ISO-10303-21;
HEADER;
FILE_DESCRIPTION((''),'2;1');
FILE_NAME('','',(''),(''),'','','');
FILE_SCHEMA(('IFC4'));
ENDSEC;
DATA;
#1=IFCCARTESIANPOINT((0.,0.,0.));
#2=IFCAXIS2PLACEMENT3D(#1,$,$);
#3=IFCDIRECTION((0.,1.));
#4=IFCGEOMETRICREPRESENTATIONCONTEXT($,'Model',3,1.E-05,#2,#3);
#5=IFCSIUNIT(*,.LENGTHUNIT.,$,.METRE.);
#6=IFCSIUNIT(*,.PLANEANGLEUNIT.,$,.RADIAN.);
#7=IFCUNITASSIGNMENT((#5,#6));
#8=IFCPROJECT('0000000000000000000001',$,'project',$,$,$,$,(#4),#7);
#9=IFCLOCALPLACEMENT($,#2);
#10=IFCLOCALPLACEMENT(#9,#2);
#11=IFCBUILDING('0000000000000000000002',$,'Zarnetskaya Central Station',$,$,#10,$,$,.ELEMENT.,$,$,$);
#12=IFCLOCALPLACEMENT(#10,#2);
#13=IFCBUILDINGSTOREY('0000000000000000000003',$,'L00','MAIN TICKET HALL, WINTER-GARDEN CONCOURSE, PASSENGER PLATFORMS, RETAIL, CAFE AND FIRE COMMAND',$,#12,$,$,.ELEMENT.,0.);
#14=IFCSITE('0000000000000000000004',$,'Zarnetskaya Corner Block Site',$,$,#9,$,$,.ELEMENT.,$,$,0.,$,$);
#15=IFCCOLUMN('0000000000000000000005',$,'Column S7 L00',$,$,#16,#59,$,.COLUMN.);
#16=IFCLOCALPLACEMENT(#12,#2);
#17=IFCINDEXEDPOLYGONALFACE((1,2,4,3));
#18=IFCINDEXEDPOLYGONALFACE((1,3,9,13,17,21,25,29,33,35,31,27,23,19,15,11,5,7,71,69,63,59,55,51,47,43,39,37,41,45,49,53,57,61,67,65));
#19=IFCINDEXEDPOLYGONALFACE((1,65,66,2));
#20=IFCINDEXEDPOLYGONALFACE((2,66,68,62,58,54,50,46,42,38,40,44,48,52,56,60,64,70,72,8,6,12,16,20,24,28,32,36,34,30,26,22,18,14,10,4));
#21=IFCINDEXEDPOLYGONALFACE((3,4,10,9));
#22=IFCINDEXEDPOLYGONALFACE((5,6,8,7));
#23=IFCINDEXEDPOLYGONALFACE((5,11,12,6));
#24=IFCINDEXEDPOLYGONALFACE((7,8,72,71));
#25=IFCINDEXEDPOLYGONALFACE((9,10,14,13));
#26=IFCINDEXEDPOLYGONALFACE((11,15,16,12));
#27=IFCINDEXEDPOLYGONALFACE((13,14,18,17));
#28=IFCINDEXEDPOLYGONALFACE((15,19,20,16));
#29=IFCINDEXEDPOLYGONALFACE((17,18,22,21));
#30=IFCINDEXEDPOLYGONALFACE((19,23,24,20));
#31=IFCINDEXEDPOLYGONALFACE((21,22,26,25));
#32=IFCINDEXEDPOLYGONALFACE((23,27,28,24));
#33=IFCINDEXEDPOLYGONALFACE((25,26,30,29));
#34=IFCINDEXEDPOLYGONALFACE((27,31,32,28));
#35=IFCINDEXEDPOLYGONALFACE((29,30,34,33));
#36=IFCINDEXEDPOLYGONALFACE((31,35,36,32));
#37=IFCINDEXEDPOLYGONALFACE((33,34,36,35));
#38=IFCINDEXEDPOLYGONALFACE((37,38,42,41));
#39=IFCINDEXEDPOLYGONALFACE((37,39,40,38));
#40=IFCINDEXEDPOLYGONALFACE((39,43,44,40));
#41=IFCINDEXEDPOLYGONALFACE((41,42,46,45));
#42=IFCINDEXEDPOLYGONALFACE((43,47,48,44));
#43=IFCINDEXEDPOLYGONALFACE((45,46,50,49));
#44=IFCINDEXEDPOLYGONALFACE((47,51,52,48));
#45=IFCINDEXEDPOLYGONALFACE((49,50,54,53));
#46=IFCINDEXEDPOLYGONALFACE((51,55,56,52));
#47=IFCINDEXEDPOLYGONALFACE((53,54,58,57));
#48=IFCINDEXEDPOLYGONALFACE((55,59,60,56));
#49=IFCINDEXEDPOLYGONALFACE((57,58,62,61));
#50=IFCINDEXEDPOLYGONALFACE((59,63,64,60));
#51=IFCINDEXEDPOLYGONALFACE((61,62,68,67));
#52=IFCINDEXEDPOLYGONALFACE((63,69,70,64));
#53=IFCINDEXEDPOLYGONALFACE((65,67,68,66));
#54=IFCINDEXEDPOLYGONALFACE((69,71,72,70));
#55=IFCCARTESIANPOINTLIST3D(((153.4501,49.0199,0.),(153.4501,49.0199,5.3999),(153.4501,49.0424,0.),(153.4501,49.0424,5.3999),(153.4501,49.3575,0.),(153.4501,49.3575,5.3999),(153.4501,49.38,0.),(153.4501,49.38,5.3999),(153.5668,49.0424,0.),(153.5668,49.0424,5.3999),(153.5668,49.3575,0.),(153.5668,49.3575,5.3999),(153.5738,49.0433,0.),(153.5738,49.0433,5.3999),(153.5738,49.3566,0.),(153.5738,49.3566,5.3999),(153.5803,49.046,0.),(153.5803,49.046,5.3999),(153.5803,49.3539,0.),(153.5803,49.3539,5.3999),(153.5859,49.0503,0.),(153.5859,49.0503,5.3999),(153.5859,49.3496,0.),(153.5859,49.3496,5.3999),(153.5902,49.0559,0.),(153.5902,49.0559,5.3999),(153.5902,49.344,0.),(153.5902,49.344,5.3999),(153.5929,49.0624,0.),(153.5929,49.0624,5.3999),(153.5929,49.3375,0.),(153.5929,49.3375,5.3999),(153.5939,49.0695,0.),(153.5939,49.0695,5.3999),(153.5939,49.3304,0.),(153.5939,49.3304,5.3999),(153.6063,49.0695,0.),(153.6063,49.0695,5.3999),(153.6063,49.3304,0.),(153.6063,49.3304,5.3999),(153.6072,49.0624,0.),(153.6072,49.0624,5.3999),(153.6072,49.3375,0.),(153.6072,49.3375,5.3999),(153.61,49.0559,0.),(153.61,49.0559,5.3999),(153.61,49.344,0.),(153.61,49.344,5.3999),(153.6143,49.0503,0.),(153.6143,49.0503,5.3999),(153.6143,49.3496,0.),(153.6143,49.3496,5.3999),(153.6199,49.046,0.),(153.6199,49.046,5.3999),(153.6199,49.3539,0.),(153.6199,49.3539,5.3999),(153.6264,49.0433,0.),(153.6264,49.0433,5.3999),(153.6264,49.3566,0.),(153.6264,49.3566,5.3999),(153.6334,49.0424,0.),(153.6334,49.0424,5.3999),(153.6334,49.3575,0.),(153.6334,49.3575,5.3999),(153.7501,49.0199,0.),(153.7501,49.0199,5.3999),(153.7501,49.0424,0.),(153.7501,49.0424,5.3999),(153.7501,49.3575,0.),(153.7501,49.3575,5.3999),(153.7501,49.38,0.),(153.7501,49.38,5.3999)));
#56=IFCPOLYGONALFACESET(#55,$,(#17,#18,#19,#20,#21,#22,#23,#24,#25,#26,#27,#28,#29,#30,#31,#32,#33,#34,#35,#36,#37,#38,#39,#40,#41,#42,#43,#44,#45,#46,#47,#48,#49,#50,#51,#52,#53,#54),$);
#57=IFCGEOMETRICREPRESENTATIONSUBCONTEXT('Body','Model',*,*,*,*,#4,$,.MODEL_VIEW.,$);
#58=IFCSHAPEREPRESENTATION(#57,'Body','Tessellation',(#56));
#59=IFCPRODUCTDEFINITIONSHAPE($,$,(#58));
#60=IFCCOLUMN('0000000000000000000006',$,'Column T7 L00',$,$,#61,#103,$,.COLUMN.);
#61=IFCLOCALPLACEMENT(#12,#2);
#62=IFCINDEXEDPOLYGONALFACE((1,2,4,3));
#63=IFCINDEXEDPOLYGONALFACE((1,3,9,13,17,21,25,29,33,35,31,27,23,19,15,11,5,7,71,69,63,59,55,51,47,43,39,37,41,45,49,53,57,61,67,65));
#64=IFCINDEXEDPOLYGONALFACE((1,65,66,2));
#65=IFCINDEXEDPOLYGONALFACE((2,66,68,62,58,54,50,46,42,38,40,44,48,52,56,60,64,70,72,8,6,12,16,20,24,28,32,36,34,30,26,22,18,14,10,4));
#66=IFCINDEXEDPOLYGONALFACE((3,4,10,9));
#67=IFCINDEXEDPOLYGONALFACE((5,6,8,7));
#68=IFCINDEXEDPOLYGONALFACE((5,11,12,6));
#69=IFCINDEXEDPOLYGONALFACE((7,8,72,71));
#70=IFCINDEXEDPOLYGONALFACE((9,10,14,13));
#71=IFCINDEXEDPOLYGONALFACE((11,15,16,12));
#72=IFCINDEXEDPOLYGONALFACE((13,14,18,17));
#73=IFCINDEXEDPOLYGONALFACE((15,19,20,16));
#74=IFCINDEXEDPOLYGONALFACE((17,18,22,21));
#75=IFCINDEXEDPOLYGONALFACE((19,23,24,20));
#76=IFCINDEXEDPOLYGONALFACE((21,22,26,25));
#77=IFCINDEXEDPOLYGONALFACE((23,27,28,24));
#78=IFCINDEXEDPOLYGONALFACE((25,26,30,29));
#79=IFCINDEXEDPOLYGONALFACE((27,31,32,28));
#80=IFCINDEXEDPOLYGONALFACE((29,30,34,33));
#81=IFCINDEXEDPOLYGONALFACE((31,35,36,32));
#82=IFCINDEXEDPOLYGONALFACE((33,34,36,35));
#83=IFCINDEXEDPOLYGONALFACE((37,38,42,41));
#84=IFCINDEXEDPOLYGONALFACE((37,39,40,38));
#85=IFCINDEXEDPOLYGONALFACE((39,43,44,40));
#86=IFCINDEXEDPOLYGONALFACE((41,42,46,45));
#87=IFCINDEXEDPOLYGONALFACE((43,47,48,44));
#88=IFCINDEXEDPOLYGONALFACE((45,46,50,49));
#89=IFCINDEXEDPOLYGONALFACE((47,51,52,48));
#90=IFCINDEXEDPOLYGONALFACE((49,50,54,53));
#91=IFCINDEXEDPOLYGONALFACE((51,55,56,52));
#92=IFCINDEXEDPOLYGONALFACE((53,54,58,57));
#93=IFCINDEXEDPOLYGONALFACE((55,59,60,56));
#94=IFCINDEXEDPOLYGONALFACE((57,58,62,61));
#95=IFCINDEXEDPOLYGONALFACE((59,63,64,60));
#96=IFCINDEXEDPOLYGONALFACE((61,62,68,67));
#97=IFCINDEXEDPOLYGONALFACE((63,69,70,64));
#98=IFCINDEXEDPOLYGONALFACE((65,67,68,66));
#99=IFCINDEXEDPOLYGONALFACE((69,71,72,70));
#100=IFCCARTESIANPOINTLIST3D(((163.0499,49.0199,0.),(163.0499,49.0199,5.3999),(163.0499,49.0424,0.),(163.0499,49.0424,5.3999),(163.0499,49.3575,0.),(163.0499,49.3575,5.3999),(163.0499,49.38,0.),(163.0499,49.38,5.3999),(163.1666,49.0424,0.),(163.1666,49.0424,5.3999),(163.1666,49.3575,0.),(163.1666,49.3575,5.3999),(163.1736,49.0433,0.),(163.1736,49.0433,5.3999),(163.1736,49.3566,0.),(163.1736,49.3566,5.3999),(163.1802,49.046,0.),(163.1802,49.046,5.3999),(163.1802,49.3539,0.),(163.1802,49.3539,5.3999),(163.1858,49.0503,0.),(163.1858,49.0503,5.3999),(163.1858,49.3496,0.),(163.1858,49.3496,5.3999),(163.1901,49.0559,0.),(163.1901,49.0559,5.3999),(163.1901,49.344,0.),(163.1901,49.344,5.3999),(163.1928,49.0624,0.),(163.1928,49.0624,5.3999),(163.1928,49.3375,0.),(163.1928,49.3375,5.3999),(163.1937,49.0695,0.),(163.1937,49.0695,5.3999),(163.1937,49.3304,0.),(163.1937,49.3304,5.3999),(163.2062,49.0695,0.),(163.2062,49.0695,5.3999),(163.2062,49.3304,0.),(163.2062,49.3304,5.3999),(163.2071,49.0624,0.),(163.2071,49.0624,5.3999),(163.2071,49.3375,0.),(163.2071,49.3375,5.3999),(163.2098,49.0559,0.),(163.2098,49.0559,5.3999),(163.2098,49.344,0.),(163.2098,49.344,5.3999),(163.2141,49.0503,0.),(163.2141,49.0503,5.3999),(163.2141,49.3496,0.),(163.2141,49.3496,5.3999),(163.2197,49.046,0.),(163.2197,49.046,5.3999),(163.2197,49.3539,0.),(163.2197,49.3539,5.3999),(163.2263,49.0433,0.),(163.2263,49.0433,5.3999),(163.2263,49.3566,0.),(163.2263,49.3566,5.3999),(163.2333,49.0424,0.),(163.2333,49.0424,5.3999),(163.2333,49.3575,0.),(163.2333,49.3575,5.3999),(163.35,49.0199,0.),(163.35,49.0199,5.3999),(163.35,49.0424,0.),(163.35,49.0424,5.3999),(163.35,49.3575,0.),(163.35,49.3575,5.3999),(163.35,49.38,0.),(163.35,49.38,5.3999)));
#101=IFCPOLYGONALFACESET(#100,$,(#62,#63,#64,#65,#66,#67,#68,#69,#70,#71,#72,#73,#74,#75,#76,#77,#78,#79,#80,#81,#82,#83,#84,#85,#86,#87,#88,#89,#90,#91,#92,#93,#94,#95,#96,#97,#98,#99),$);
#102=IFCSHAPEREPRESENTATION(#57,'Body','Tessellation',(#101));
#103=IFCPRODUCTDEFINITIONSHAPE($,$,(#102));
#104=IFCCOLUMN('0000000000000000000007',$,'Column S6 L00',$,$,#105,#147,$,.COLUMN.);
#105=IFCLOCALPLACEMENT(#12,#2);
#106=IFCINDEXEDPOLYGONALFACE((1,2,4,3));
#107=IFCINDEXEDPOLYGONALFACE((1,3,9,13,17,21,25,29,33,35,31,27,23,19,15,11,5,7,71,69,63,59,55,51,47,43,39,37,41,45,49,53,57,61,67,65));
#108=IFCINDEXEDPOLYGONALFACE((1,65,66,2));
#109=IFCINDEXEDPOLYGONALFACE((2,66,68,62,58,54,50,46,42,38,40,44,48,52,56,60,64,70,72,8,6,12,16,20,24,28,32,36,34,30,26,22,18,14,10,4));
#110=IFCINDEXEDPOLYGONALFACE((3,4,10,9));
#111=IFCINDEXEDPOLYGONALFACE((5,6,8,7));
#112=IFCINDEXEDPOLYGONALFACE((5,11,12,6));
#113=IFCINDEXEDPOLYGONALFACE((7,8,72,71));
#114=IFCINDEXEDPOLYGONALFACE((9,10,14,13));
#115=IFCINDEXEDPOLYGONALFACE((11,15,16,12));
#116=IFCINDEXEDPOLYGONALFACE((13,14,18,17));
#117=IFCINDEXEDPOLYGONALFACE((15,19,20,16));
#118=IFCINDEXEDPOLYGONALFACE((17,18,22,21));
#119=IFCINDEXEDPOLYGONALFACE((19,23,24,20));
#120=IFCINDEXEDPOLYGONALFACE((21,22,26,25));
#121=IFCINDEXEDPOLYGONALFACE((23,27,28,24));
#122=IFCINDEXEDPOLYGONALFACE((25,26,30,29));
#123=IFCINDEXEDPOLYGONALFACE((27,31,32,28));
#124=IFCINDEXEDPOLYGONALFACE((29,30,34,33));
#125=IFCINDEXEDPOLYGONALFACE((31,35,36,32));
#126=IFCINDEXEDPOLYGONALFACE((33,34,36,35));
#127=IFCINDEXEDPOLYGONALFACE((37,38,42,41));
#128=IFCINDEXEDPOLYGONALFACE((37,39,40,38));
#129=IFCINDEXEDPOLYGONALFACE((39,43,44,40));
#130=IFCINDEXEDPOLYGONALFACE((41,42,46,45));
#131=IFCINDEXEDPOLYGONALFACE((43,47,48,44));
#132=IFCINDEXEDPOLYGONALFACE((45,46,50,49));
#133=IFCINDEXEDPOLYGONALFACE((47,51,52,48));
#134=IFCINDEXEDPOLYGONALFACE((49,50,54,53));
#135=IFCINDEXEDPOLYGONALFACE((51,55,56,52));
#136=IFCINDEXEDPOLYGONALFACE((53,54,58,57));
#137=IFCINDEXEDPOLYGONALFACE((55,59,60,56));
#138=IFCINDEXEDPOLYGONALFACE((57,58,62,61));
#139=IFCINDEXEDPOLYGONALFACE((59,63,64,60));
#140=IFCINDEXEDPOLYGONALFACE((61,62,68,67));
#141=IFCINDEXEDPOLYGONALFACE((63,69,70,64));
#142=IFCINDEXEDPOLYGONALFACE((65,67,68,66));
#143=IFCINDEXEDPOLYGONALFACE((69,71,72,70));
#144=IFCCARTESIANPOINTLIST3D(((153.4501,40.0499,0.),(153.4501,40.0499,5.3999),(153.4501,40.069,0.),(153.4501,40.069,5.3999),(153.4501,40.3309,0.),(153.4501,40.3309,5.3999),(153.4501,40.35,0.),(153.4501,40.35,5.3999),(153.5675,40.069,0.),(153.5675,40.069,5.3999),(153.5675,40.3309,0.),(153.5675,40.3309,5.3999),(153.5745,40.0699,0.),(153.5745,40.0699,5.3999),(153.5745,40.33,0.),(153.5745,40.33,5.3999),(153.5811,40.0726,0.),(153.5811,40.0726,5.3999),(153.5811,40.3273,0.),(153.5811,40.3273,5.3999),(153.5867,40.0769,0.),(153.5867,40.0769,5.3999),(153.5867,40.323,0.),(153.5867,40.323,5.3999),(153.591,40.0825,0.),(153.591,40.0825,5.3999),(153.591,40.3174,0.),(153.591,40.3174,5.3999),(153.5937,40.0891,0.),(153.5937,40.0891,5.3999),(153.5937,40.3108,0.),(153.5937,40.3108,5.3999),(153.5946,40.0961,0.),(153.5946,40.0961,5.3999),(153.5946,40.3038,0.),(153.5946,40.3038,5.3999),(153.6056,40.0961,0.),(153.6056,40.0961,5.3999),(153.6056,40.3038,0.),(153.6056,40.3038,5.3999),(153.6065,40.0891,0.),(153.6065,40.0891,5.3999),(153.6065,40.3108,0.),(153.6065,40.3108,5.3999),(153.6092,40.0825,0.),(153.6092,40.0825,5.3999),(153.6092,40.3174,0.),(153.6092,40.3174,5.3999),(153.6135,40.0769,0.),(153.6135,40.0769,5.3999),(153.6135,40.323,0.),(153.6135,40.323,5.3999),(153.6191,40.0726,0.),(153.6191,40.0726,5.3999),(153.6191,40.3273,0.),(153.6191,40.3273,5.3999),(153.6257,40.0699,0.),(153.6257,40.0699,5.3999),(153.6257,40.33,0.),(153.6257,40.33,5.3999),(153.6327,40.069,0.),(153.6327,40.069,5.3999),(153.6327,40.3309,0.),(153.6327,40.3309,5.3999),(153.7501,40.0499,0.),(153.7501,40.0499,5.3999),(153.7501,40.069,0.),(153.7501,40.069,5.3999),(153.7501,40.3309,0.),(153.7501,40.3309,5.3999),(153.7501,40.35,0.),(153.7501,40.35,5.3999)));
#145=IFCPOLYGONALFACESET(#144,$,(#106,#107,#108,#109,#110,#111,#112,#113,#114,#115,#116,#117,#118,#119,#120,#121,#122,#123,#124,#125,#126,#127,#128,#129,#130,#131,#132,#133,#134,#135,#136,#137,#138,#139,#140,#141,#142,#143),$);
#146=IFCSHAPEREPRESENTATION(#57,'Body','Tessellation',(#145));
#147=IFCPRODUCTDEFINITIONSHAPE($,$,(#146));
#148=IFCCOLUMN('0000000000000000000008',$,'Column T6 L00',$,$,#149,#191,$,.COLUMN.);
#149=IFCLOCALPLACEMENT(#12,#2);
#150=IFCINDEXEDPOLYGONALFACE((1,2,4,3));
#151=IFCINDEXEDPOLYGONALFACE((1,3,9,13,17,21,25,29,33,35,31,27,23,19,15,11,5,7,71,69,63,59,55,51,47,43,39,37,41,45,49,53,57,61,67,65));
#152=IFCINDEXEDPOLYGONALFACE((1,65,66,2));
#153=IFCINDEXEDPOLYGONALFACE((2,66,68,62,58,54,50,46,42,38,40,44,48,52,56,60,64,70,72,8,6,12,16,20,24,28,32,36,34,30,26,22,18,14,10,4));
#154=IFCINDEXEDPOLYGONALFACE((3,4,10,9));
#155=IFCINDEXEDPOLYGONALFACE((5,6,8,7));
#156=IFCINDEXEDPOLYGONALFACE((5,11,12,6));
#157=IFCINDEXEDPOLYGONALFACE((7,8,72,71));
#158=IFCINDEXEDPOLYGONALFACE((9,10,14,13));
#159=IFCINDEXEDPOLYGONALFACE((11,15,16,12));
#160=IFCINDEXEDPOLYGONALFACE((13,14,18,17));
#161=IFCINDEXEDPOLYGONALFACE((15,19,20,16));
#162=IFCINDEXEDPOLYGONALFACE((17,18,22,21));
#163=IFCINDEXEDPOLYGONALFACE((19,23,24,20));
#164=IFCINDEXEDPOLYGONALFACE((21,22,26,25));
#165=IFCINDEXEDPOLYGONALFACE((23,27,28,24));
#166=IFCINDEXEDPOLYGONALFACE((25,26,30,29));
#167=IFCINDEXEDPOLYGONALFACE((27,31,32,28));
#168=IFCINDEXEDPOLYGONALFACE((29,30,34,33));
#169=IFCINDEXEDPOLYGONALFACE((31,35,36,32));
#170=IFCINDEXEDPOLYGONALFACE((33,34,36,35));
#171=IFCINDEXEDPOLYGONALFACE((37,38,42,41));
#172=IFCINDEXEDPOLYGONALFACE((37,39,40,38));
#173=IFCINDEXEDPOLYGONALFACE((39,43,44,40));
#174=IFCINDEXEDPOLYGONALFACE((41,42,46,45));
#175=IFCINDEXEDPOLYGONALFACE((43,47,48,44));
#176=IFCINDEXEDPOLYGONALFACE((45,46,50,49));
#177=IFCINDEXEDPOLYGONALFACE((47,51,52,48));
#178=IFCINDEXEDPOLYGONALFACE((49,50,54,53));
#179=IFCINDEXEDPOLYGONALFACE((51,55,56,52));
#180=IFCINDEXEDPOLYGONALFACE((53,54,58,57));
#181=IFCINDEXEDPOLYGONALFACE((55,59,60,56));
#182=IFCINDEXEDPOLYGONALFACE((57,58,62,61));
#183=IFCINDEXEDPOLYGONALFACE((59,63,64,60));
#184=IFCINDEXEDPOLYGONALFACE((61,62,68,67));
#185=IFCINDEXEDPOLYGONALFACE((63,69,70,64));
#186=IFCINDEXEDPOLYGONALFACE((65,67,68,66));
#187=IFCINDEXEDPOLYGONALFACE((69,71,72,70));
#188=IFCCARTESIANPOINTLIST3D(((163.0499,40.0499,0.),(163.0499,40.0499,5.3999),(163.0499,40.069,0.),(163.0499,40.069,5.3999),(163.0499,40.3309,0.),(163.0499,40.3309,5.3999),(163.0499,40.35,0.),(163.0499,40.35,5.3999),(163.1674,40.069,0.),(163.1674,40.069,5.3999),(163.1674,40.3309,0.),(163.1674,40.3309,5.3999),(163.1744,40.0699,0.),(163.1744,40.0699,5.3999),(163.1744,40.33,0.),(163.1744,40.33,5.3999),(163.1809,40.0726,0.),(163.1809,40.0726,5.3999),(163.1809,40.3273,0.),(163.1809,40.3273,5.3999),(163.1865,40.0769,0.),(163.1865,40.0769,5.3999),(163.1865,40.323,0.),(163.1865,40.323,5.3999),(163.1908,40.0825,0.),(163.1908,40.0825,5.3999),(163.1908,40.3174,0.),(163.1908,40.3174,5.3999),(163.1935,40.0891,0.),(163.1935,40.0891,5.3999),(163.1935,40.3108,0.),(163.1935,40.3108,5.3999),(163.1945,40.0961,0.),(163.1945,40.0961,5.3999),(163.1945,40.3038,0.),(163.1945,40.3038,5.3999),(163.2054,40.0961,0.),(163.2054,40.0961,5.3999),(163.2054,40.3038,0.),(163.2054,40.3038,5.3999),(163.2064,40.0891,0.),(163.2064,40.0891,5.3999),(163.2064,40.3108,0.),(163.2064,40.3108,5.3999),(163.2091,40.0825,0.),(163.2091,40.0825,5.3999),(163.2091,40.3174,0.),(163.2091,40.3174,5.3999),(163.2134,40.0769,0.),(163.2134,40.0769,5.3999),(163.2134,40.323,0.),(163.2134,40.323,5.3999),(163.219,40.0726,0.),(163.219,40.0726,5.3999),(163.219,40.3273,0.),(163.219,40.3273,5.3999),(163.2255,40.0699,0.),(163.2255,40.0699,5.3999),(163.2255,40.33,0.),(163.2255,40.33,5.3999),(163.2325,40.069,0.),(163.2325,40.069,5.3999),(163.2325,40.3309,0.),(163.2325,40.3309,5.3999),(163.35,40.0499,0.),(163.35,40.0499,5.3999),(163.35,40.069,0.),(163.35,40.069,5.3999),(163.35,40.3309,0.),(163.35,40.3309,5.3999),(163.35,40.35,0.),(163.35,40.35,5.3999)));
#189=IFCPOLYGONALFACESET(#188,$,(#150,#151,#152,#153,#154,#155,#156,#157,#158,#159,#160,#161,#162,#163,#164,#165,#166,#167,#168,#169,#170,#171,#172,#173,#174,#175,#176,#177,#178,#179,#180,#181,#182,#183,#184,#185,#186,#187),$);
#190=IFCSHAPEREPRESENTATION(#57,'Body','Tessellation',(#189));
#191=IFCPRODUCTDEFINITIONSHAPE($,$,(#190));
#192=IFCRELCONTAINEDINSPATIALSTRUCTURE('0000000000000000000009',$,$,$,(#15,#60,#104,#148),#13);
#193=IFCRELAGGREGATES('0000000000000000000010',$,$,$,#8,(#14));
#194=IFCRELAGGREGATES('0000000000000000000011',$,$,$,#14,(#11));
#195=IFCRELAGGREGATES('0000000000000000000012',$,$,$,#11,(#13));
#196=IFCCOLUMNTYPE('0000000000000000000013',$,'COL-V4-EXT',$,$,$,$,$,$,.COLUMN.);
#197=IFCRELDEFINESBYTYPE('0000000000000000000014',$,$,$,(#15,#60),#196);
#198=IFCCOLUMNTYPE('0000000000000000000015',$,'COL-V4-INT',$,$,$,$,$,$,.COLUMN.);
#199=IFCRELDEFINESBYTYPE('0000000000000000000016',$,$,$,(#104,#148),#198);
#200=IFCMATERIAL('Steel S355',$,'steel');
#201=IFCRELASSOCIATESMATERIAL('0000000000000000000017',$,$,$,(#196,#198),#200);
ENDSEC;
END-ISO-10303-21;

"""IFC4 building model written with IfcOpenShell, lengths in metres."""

from ifc_helpers import new_model, si_unit, direction, frame, origin, origin_2d, place, context, subcontext, project, spatial, i_section, extrude, material, material_profile, profile_set, type_object, element, save


model = new_model("IFC4")

# Units and contexts
model_context = context("Model", 3, precision=1e-05, world=origin(), true_north=direction((0.0, 1.0)))
body_context = subcontext(model_context, "Body", "Model", "MODEL_VIEW")
ifc_project = project(units=[si_unit("LENGTHUNIT", "METRE"), si_unit("PLANEANGLEUNIT", "RADIAN")], contexts=[model_context])

# Site, building, storey
site_placement = place(None, origin())
site = spatial("IfcSite", under=ifc_project, at=site_placement, Name="Zarnetskaya Corner Block Site", CompositionType="ELEMENT", RefElevation=0.0)
building_placement = place(site_placement, origin())
building = spatial("IfcBuilding", under=site, at=building_placement, Name="Zarnetskaya Central Station", CompositionType="ELEMENT")
storey_placement = place(building_placement, origin())
storey = spatial("IfcBuildingStorey", under=building, at=storey_placement, Name="L00", Description="MAIN TICKET HALL, WINTER-GARDEN CONCOURSE, PASSENGER PLATFORMS, RETAIL, CAFE AND FIRE COMMAND", CompositionType="ELEMENT", Elevation=0.0)

# Columns
ifc_material_1 = material(Name="Steel S355", Category="steel")
ifc_material_profile_1 = material_profile(ifc_material_1, i_section(OverallWidth=0.3, OverallDepth=0.3601, WebThickness=0.0125, FlangeThickness=0.0225, FilletRadius=0.0271, at=origin_2d()), Name="HEB 360")
ifc_profile_set_1 = profile_set([ifc_material_profile_1], Name="Steel S355")
column_type_1 = type_object("IfcColumnType", Name="COL-V4-EXT", PredefinedType="COLUMN", material=ifc_profile_set_1)
for number, where, z_axis, x_axis, name in (
    (1, (153.6001, 49.2, 0.0), (0.0, 0.0, 1.0), (1.0, 0.0, 0.0), "Column S7 L00"),
    (2, (163.2, 49.2, 0.0), (0.0, 0.0, 1.0), (1.0, 0.0, 0.0), "Column T7 L00"),
):
    element("IfcColumn", number, at=place(storey_placement, frame(where, z_axis=z_axis, x_axis=x_axis)), inside=storey, type_object=column_type_1, Name=name, PredefinedType="COLUMN", context=body_context, shape_type="SweptSolid", body=[
        extrude(i_section(OverallWidth=0.3, OverallDepth=0.3601, WebThickness=0.0125, FlangeThickness=0.0225, FilletRadius=0.0271, at=origin_2d()), origin(), (0.0, 0.0, 1.0), 5.3999),
    ])
ifc_material_profile_2 = material_profile(ifc_material_1, i_section(OverallWidth=0.3, OverallDepth=0.3, WebThickness=0.011, FlangeThickness=0.019, FilletRadius=0.0271, at=origin_2d()), Name="HEB 300")
ifc_profile_set_2 = profile_set([ifc_material_profile_2], Name="Steel S355")
column_type_2 = type_object("IfcColumnType", Name="COL-V4-INT", PredefinedType="COLUMN", material=ifc_profile_set_2)
for number, where, z_axis, x_axis, name in (
    (3, (153.6001, 40.2, 0.0), (0.0, 0.0, 1.0), (1.0, 0.0, 0.0), "Column S6 L00"),
    (4, (163.2, 40.2, 0.0), (0.0, 0.0, 1.0), (1.0, 0.0, 0.0), "Column T6 L00"),
):
    element("IfcColumn", number, at=place(storey_placement, frame(where, z_axis=z_axis, x_axis=x_axis)), inside=storey, type_object=column_type_2, Name=name, PredefinedType="COLUMN", context=body_context, shape_type="SweptSolid", body=[
        extrude(i_section(OverallWidth=0.3, OverallDepth=0.3, WebThickness=0.011, FlangeThickness=0.019, FilletRadius=0.0271, at=origin_2d()), origin(), (0.0, 0.0, 1.0), 5.3999),
    ])

save(model, "model.ifc")
